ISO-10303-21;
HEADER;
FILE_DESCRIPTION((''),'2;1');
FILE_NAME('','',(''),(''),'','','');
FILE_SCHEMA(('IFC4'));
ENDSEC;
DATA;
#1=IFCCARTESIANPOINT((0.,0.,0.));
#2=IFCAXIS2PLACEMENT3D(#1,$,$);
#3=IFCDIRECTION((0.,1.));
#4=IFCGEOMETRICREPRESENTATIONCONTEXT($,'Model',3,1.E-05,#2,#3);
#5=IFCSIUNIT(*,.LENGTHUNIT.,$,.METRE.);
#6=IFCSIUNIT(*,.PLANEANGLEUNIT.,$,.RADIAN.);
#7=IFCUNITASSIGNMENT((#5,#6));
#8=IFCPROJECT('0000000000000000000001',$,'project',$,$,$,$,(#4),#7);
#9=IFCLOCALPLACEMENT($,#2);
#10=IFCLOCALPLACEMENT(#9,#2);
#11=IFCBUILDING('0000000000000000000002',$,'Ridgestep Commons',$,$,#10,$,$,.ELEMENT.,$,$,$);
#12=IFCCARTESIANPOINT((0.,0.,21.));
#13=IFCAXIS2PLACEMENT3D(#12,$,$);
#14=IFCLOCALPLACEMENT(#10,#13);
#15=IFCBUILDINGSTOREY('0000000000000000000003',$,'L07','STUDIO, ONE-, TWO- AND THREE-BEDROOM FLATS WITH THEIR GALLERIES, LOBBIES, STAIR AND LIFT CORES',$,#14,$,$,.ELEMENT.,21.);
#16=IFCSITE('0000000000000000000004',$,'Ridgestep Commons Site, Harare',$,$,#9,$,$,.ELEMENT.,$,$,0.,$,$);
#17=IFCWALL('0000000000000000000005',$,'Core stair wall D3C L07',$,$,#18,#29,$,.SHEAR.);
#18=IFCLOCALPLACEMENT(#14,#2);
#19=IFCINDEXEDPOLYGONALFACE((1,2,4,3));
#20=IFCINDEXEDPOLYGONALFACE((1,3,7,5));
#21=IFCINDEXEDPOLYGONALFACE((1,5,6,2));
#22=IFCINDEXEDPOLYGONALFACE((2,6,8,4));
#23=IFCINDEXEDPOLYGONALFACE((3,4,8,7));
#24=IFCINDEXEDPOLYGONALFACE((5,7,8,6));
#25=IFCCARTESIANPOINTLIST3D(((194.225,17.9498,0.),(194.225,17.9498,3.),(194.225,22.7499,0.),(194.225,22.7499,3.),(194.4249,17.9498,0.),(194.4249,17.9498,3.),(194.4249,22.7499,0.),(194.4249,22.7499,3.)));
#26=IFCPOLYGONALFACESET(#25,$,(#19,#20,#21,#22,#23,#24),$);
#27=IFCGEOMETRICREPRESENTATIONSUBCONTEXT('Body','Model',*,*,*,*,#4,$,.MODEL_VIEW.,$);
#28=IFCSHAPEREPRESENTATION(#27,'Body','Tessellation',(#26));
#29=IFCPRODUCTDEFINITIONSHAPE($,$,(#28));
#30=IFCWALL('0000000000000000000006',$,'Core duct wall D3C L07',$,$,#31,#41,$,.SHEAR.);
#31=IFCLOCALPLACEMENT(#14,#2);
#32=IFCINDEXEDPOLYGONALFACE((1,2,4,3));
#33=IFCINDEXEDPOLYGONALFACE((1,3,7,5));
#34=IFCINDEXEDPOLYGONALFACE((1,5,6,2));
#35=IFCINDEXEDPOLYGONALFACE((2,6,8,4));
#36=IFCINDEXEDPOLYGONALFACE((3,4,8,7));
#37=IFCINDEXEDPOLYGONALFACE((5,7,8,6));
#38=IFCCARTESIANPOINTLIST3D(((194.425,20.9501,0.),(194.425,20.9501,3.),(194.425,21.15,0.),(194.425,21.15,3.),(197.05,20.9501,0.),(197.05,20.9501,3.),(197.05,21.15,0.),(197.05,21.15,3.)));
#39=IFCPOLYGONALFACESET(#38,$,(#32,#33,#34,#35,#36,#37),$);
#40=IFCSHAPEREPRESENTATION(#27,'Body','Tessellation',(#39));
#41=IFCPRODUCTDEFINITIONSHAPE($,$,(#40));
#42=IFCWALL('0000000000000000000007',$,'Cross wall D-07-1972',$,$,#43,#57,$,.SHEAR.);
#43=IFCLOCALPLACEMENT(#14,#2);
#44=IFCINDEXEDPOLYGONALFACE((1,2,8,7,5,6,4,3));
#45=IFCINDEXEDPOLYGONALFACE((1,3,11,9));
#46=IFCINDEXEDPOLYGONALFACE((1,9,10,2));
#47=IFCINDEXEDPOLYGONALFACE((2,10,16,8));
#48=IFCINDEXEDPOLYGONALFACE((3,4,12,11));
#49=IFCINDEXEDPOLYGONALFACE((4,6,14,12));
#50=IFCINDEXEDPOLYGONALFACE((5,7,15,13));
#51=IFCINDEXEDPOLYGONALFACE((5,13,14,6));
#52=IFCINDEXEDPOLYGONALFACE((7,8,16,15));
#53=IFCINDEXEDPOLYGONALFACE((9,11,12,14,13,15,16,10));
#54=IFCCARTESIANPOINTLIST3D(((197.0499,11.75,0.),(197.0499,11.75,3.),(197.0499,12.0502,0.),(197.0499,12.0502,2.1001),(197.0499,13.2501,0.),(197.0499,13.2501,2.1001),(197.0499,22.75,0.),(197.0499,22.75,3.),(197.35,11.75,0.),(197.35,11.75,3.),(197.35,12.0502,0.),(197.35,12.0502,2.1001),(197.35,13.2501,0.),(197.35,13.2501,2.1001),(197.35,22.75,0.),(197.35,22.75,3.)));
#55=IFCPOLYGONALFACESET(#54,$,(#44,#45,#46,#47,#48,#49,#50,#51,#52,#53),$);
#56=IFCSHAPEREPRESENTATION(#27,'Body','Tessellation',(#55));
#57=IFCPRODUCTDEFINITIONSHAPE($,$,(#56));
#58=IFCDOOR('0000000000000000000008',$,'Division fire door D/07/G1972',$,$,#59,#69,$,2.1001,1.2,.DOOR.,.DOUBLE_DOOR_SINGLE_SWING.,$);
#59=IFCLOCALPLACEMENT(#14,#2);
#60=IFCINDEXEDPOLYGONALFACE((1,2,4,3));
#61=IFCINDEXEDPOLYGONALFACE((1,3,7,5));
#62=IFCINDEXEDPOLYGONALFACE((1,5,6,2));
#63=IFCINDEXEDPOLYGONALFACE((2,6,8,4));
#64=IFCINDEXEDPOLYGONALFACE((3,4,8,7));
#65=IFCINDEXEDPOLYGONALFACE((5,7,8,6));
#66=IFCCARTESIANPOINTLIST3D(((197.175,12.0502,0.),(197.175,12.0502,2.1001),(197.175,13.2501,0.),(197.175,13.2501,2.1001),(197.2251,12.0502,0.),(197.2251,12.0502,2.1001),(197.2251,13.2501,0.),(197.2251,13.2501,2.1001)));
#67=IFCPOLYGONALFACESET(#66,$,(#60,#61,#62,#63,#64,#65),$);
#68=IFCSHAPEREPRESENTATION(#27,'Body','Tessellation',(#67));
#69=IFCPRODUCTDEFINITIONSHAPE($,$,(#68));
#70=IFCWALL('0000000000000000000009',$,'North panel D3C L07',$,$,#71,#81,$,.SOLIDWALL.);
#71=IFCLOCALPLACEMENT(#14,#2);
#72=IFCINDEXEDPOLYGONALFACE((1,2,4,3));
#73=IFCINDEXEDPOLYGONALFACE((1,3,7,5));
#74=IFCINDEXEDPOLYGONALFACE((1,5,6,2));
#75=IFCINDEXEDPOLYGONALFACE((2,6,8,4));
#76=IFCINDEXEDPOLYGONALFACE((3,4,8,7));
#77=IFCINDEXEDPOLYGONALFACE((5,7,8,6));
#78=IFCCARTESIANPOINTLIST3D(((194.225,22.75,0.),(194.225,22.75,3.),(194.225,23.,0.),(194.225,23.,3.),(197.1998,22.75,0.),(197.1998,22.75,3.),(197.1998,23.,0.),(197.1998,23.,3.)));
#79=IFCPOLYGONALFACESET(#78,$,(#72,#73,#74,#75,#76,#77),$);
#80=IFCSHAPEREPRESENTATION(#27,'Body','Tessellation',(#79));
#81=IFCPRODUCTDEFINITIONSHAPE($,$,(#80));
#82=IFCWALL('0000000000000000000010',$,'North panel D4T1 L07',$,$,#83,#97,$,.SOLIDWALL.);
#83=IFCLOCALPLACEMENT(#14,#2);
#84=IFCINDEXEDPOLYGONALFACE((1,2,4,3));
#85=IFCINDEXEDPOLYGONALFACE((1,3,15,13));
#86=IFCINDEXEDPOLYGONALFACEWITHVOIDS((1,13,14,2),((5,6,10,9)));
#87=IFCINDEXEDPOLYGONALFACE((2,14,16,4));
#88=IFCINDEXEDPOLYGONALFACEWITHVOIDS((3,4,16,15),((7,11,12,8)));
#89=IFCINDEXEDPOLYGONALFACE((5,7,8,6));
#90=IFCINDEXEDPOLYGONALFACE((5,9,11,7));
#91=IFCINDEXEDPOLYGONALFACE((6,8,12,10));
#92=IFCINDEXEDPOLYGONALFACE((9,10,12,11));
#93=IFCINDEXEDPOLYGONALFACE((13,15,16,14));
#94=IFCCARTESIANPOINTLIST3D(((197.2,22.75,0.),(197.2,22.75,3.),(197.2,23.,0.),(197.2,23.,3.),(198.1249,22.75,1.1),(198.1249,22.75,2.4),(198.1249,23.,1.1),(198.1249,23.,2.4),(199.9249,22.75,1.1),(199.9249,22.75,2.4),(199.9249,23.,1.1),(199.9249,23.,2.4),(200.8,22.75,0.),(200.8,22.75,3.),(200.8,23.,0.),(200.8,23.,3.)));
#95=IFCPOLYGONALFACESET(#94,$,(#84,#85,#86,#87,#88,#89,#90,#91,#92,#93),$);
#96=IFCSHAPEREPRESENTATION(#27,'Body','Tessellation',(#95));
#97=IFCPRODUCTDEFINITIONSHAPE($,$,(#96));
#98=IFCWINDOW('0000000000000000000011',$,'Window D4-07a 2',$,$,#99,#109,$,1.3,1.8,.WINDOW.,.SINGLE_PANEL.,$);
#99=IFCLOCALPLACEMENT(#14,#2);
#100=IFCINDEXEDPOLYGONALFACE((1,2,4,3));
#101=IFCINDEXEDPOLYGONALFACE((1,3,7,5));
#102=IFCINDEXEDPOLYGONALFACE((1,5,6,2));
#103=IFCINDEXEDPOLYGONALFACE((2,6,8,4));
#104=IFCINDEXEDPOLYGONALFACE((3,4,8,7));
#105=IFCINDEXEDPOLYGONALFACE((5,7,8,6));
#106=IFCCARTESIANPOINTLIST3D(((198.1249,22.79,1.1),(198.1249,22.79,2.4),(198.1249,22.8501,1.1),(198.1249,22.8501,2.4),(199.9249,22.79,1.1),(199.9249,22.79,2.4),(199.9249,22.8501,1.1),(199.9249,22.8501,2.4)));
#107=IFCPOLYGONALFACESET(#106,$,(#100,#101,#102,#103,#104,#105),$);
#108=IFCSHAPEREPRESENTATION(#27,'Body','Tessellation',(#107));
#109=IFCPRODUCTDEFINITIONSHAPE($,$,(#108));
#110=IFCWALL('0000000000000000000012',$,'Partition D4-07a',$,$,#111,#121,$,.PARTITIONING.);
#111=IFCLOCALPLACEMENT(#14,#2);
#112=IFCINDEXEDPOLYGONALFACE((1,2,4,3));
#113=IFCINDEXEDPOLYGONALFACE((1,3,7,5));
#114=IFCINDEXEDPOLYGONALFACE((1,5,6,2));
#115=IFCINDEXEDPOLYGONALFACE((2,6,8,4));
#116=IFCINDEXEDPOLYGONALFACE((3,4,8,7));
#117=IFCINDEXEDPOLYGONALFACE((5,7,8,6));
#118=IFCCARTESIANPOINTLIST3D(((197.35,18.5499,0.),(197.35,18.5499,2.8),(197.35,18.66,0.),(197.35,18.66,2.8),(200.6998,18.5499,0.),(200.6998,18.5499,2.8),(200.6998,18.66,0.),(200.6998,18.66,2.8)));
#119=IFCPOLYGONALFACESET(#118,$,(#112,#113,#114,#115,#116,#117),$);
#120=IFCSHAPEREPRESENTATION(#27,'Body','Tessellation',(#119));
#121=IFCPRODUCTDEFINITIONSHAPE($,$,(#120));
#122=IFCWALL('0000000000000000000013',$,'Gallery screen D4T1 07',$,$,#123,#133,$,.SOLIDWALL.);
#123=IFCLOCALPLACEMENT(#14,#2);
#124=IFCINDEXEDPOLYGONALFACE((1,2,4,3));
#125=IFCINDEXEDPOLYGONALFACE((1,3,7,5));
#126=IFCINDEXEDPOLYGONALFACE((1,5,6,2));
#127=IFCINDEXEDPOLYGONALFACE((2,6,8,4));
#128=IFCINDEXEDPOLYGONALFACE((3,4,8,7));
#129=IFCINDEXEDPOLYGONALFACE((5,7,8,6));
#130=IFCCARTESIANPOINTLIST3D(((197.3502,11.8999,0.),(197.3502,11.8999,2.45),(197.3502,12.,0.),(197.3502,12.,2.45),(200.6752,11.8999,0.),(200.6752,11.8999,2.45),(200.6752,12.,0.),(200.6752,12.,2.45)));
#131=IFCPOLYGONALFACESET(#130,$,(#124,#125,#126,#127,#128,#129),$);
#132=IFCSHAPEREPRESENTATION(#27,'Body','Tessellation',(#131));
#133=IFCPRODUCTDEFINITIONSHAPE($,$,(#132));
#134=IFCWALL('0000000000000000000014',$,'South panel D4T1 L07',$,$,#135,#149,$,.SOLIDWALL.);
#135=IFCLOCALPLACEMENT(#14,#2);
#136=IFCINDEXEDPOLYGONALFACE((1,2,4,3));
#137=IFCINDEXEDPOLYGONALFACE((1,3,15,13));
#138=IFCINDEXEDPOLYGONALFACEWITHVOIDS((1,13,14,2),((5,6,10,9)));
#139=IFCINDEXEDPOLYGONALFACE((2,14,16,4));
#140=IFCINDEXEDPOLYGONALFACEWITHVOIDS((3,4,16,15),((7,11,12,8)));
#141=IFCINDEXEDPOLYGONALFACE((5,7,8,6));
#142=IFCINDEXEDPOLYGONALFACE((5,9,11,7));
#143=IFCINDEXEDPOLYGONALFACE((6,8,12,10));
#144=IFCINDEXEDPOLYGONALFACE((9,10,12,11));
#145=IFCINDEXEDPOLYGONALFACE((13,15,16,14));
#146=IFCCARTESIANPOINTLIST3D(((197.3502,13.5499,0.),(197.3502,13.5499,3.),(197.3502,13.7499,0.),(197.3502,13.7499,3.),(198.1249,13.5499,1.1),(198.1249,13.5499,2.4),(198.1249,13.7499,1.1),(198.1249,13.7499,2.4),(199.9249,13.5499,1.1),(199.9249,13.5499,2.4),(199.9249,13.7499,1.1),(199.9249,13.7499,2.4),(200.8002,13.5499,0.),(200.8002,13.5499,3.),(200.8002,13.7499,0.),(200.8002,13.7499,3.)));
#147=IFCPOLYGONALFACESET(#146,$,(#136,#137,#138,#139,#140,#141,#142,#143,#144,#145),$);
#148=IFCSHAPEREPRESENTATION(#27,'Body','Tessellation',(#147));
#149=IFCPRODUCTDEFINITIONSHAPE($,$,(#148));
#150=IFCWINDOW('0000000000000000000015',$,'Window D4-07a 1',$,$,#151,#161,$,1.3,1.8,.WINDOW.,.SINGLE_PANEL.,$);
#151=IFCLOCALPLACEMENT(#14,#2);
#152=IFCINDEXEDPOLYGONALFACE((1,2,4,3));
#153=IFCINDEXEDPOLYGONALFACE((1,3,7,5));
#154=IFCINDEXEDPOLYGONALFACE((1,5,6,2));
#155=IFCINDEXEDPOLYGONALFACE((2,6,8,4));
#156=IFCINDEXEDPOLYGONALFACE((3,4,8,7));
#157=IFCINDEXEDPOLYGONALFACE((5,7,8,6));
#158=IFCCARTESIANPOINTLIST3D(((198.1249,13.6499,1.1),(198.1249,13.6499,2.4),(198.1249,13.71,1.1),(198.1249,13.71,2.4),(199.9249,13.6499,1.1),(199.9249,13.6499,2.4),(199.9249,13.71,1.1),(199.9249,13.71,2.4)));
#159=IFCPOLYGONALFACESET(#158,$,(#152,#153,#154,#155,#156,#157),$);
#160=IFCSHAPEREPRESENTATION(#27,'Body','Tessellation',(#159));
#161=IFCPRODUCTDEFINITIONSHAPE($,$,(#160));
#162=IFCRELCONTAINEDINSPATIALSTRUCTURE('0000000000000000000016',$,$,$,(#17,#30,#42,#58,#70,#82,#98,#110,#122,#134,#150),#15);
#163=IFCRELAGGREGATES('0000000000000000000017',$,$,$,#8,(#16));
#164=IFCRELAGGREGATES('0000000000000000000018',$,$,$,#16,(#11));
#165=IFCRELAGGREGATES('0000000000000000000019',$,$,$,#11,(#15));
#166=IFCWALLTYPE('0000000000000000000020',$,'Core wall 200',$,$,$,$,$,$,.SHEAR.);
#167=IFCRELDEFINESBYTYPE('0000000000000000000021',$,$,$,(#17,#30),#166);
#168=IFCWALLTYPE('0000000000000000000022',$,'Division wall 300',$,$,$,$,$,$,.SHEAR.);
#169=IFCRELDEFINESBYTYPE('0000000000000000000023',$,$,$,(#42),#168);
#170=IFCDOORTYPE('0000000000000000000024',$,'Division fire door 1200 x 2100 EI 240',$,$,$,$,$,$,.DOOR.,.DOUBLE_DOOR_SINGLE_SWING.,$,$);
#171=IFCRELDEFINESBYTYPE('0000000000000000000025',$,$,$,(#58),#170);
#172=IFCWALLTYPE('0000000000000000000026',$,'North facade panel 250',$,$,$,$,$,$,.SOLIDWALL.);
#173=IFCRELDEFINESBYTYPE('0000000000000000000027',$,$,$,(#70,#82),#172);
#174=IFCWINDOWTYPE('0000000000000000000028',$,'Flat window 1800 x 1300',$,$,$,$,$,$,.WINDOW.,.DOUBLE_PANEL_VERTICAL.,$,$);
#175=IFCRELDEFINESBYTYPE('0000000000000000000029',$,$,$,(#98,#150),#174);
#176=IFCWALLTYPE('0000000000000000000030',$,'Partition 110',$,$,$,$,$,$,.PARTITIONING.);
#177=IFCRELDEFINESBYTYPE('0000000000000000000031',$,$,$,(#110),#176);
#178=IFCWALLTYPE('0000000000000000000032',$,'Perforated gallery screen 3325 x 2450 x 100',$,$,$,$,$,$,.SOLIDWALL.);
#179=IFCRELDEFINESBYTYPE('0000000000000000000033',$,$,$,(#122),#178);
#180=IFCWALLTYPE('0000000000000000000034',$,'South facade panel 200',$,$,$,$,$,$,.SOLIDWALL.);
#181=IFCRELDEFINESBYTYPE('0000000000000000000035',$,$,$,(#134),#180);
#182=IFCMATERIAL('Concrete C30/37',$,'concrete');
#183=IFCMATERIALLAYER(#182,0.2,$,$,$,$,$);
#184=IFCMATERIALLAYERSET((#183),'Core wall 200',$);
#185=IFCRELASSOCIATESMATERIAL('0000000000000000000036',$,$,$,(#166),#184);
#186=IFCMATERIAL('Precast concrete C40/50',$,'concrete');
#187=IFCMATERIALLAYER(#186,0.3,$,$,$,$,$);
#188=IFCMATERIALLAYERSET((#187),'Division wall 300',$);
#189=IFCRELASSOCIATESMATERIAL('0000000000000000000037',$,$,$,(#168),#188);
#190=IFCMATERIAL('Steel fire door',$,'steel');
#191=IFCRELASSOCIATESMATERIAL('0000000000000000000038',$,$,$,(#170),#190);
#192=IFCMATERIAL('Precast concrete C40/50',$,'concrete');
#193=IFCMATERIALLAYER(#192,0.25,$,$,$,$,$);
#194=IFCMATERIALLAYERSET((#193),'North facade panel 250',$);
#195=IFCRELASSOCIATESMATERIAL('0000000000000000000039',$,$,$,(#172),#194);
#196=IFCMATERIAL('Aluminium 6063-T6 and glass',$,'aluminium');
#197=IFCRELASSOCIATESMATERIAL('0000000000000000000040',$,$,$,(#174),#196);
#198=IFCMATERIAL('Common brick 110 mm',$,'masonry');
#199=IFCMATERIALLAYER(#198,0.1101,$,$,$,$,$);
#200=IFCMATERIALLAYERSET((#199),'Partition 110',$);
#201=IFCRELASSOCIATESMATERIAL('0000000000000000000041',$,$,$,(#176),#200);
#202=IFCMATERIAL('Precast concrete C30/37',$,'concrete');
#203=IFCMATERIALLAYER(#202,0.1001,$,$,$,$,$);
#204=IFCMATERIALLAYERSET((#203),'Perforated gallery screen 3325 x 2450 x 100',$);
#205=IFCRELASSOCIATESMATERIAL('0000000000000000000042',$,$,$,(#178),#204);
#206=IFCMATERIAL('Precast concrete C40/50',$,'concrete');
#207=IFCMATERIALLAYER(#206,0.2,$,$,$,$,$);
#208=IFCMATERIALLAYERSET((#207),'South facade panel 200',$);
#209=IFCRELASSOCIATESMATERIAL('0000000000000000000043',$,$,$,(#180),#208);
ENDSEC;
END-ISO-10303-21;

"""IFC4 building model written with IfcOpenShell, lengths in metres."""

from ifc_helpers import new_model, si_unit, direction, frame, frame_2d, origin, place, context, subcontext, project, spatial, rectangle, extrude, material, layer, layer_set, type_object, element, fill, save


model = new_model("IFC4")

# Units and contexts
model_context = context("Model", 3, precision=1e-05, world=origin(), true_north=direction((0.0, 1.0)))
body_context = subcontext(model_context, "Body", "Model", "MODEL_VIEW")
ifc_project = project(units=[si_unit("LENGTHUNIT", "METRE"), si_unit("PLANEANGLEUNIT", "RADIAN")], contexts=[model_context])

# Site, building, storey
site_placement = place(None, origin())
site = spatial("IfcSite", under=ifc_project, at=site_placement, Name="Ridgestep Commons Site, Harare", CompositionType="ELEMENT", RefElevation=0.0)
building_placement = place(site_placement, origin())
building = spatial("IfcBuilding", under=site, at=building_placement, Name="Ridgestep Commons", CompositionType="ELEMENT")
storey_placement = place(building_placement, frame((0.0, 0.0, 21.0)))
storey = spatial("IfcBuildingStorey", under=building, at=storey_placement, Name="L07", Description="STUDIO, ONE-, TWO- AND THREE-BEDROOM FLATS WITH THEIR GALLERIES, LOBBIES, STAIR AND LIFT CORES", CompositionType="ELEMENT", Elevation=21.0)

# Walls
ifc_material_1 = material(Name="Concrete C30/37", Category="concrete")
ifc_layer_1 = layer(ifc_material_1, 0.2)
ifc_layer_set_1 = layer_set([ifc_layer_1], Name="Core wall 200")
wall_type_1 = type_object("IfcWallType", Name="Core wall 200", PredefinedType="SHEAR", material=ifc_layer_set_1)
wall_1_placement = place(storey_placement, frame((194.325, 17.95, 0.0), z_axis=(0.0, 0.0, 1.0), x_axis=(0.0, 1.0, 0.0)))
element("IfcWall", 1, at=wall_1_placement, inside=storey, type_object=wall_type_1, Name="Core stair wall D3C L07", PredefinedType="SHEAR", context=body_context, shape_type="SweptSolid", body=[
    extrude(rectangle(XDim=4.8, YDim=0.2, at=frame_2d((2.3999, 0.0))), origin(), (0.0, 0.0, 1.0), 3.0),
])
wall_2_placement = place(storey_placement, frame((194.425, 21.05, 0.0), z_axis=(0.0, 0.0, 1.0), x_axis=(1.0, 0.0, 0.0)))
element("IfcWall", 2, at=wall_2_placement, inside=storey, type_object=wall_type_1, Name="Core duct wall D3C L07", PredefinedType="SHEAR", context=body_context, shape_type="SweptSolid", body=[
    extrude(rectangle(XDim=2.625, YDim=0.2, at=frame_2d((1.3125, 0.0))), origin(), (0.0, 0.0, 1.0), 3.0),
])

# Wall, opening, door
ifc_material_2 = material(Name="Precast concrete C40/50", Category="concrete")
ifc_layer_2 = layer(ifc_material_2, 0.3)
ifc_layer_set_2 = layer_set([ifc_layer_2], Name="Division wall 300")
wall_type_2 = type_object("IfcWallType", Name="Division wall 300", PredefinedType="SHEAR", material=ifc_layer_set_2)
wall_3_placement = place(storey_placement, frame((197.2, 11.75, 0.0), z_axis=(0.0, 0.0, 1.0), x_axis=(0.0, 1.0, 0.0)))
wall_3 = element("IfcWall", 3, at=wall_3_placement, inside=storey, type_object=wall_type_2, Name="Cross wall D-07-1972", PredefinedType="SHEAR", context=body_context, shape_type="SweptSolid", body=[
    extrude(rectangle(XDim=11.0, YDim=0.3, at=frame_2d((5.5, 0.0))), origin(), (0.0, 0.0, 1.0), 3.0),
])
opening_1_placement = place(wall_3_placement, frame((0.3, 0.0, 0.0)))
opening_1 = element("IfcOpeningElement", 4, at=opening_1_placement, cuts=wall_3, PredefinedType="OPENING", context=body_context, shape_type="SweptSolid", body=[
    extrude(rectangle(XDim=1.2, YDim=2.1001, at=frame_2d((0.6001, 1.05))), frame((0.0, 0.1599, 0.0), z_axis=(0.0, -1.0, 0.0), x_axis=(1.0, 0.0, 0.0)), (0.0, 0.0, 1.0), 0.3201),
])
ifc_material_3 = material(Name="Steel fire door", Category="steel")
door_type_1 = type_object("IfcDoorType", Name="Division fire door 1200 x 2100 EI 240", OperationType="DOUBLE_DOOR_SINGLE_SWING", PredefinedType="DOOR", material=ifc_material_3)
door_1_placement = place(opening_1_placement, origin())
door_1 = element("IfcDoor", 5, at=door_1_placement, inside=storey, type_object=door_type_1, Name="Division fire door D/07/G1972", OperationType="DOUBLE_DOOR_SINGLE_SWING", OverallHeight=2.1001, OverallWidth=1.2, PredefinedType="DOOR", context=body_context, shape_type="SweptSolid", body=[
    extrude(rectangle(XDim=1.2, YDim=2.1001, at=frame_2d((0.6001, 1.05))), frame((0.0, 0.0249, 0.0), z_axis=(0.0, -1.0, 0.0), x_axis=(1.0, 0.0, 0.0)), (0.0, 0.0, 1.0), 0.05),
])
fill(opening_1, door_1)

# Wall
ifc_material_4 = material(Name="Precast concrete C40/50", Category="concrete")
ifc_layer_3 = layer(ifc_material_4, 0.25)
ifc_layer_set_3 = layer_set([ifc_layer_3], Name="North facade panel 250")
wall_type_3 = type_object("IfcWallType", Name="North facade panel 250", PredefinedType="SOLIDWALL", material=ifc_layer_set_3)
wall_4_placement = place(storey_placement, frame((194.2251, 22.875, 0.0), z_axis=(0.0, 0.0, 1.0), x_axis=(1.0, 0.0, 0.0)))
element("IfcWall", 6, at=wall_4_placement, inside=storey, type_object=wall_type_3, Name="North panel D3C L07", PredefinedType="SOLIDWALL", context=body_context, shape_type="SweptSolid", body=[
    extrude(rectangle(XDim=2.9749, YDim=0.25, at=frame_2d((1.4873, 0.0))), origin(), (0.0, 0.0, 1.0), 3.0),
])

# Wall, opening, window
wall_5_placement = place(storey_placement, frame((197.2, 22.875, 0.0), z_axis=(0.0, 0.0, 1.0), x_axis=(1.0, 0.0, 0.0)))
wall_5 = element("IfcWall", 7, at=wall_5_placement, inside=storey, type_object=wall_type_3, Name="North panel D4T1 L07", PredefinedType="SOLIDWALL", context=body_context, shape_type="SweptSolid", body=[
    extrude(rectangle(XDim=3.6001, YDim=0.25, at=frame_2d((1.8, 0.0))), origin(), (0.0, 0.0, 1.0), 3.0),
])
opening_2_placement = place(wall_5_placement, frame((0.925, 0.0, 1.1001)))
opening_2 = element("IfcOpeningElement", 8, at=opening_2_placement, cuts=wall_5, PredefinedType="OPENING", context=body_context, shape_type="SweptSolid", body=[
    extrude(rectangle(XDim=1.8, YDim=1.3, at=frame_2d((0.8999, 0.6499))), frame((0.0, 0.135, 0.0), z_axis=(0.0, -1.0, 0.0), x_axis=(1.0, 0.0, 0.0)), (0.0, 0.0, 1.0), 0.27),
])
ifc_material_5 = material(Name="Aluminium 6063-T6 and glass", Category="aluminium")
window_type = type_object("IfcWindowType", Name="Flat window 1800 x 1300", PartitioningType="DOUBLE_PANEL_VERTICAL", PredefinedType="WINDOW", material=ifc_material_5)
window_1_placement = place(opening_2_placement, origin())
window_1 = element("IfcWindow", 9, at=window_1_placement, inside=storey, type_object=window_type, Name="Window D4-07a 2", OverallHeight=1.3, OverallWidth=1.8, PartitioningType="SINGLE_PANEL", PredefinedType="WINDOW", context=body_context, shape_type="SweptSolid", body=[
    extrude(rectangle(XDim=1.8, YDim=1.3, at=frame_2d((0.8999, 0.6499))), frame((0.0, -0.0249, 0.0), z_axis=(0.0, -1.0, 0.0), x_axis=(1.0, 0.0, 0.0)), (0.0, 0.0, 1.0), 0.0601),
])
fill(opening_2, window_1)

# Walls
ifc_material_6 = material(Name="Common brick 110 mm", Category="masonry")
ifc_layer_4 = layer(ifc_material_6, 0.1101)
ifc_layer_set_4 = layer_set([ifc_layer_4], Name="Partition 110")
wall_type_4 = type_object("IfcWallType", Name="Partition 110", PredefinedType="PARTITIONING", material=ifc_layer_set_4)
wall_6_placement = place(storey_placement, frame((197.3501, 18.605, 0.0), z_axis=(0.0, 0.0, 1.0), x_axis=(1.0, 0.0, 0.0)))
element("IfcWall", 10, at=wall_6_placement, inside=storey, type_object=wall_type_4, Name="Partition D4-07a", PredefinedType="PARTITIONING", context=body_context, shape_type="SweptSolid", body=[
    extrude(rectangle(XDim=3.3499, YDim=0.1101, at=frame_2d((1.6748, 0.0))), origin(), (0.0, 0.0, 1.0), 2.8),
])
ifc_material_7 = material(Name="Precast concrete C30/37", Category="concrete")
ifc_layer_5 = layer(ifc_material_7, 0.1001)
ifc_layer_set_5 = layer_set([ifc_layer_5], Name="Perforated gallery screen 3325 x 2450 x 100")
wall_type_5 = type_object("IfcWallType", Name="Perforated gallery screen 3325 x 2450 x 100", PredefinedType="SOLIDWALL", material=ifc_layer_set_5)
wall_7_placement = place(storey_placement, frame((197.3501, 11.95, 0.0), z_axis=(0.0, 0.0, 1.0), x_axis=(1.0, 0.0, 0.0)))
element("IfcWall", 11, at=wall_7_placement, inside=storey, type_object=wall_type_5, Name="Gallery screen D4T1 07", PredefinedType="SOLIDWALL", context=body_context, shape_type="SweptSolid", body=[
    extrude(rectangle(XDim=3.325, YDim=0.1001, at=frame_2d((1.6626, 0.0))), origin(), (0.0, 0.0, 1.0), 2.45),
])

# Wall, opening, window
ifc_material_8 = material(Name="Precast concrete C40/50", Category="concrete")
ifc_layer_6 = layer(ifc_material_8, 0.2)
ifc_layer_set_6 = layer_set([ifc_layer_6], Name="South facade panel 200")
wall_type_6 = type_object("IfcWallType", Name="South facade panel 200", PredefinedType="SOLIDWALL", material=ifc_layer_set_6)
wall_8_placement = place(storey_placement, frame((197.3501, 13.6499, 0.0), z_axis=(0.0, 0.0, 1.0), x_axis=(1.0, 0.0, 0.0)))
wall_8 = element("IfcWall", 12, at=wall_8_placement, inside=storey, type_object=wall_type_6, Name="South panel D4T1 L07", PredefinedType="SOLIDWALL", context=body_context, shape_type="SweptSolid", body=[
    extrude(rectangle(XDim=3.45, YDim=0.2, at=frame_2d((1.7251, 0.0))), origin(), (0.0, 0.0, 1.0), 3.0),
])
opening_3_placement = place(wall_8_placement, frame((0.7749, 0.0, 1.1001)))
opening_3 = element("IfcOpeningElement", 13, at=opening_3_placement, cuts=wall_8, PredefinedType="OPENING", context=body_context, shape_type="SweptSolid", body=[
    extrude(rectangle(XDim=1.8, YDim=1.3, at=frame_2d((0.8999, 0.6499))), frame((0.0, 0.1099, 0.0), z_axis=(0.0, -1.0, 0.0), x_axis=(1.0, 0.0, 0.0)), (0.0, 0.0, 1.0), 0.22),
])
window_2_placement = place(opening_3_placement, origin())
window_2 = element("IfcWindow", 14, at=window_2_placement, inside=storey, type_object=window_type, Name="Window D4-07a 1", OverallHeight=1.3, OverallWidth=1.8, PartitioningType="SINGLE_PANEL", PredefinedType="WINDOW", context=body_context, shape_type="SweptSolid", body=[
    extrude(rectangle(XDim=1.8, YDim=1.3, at=frame_2d((0.8999, 0.6499))), frame((0.0, 0.0601, 0.0), z_axis=(0.0, -1.0, 0.0), x_axis=(1.0, 0.0, 0.0)), (0.0, 0.0, 1.0), 0.0601),
])
fill(opening_3, window_2)

save(model, "model.ifc")
